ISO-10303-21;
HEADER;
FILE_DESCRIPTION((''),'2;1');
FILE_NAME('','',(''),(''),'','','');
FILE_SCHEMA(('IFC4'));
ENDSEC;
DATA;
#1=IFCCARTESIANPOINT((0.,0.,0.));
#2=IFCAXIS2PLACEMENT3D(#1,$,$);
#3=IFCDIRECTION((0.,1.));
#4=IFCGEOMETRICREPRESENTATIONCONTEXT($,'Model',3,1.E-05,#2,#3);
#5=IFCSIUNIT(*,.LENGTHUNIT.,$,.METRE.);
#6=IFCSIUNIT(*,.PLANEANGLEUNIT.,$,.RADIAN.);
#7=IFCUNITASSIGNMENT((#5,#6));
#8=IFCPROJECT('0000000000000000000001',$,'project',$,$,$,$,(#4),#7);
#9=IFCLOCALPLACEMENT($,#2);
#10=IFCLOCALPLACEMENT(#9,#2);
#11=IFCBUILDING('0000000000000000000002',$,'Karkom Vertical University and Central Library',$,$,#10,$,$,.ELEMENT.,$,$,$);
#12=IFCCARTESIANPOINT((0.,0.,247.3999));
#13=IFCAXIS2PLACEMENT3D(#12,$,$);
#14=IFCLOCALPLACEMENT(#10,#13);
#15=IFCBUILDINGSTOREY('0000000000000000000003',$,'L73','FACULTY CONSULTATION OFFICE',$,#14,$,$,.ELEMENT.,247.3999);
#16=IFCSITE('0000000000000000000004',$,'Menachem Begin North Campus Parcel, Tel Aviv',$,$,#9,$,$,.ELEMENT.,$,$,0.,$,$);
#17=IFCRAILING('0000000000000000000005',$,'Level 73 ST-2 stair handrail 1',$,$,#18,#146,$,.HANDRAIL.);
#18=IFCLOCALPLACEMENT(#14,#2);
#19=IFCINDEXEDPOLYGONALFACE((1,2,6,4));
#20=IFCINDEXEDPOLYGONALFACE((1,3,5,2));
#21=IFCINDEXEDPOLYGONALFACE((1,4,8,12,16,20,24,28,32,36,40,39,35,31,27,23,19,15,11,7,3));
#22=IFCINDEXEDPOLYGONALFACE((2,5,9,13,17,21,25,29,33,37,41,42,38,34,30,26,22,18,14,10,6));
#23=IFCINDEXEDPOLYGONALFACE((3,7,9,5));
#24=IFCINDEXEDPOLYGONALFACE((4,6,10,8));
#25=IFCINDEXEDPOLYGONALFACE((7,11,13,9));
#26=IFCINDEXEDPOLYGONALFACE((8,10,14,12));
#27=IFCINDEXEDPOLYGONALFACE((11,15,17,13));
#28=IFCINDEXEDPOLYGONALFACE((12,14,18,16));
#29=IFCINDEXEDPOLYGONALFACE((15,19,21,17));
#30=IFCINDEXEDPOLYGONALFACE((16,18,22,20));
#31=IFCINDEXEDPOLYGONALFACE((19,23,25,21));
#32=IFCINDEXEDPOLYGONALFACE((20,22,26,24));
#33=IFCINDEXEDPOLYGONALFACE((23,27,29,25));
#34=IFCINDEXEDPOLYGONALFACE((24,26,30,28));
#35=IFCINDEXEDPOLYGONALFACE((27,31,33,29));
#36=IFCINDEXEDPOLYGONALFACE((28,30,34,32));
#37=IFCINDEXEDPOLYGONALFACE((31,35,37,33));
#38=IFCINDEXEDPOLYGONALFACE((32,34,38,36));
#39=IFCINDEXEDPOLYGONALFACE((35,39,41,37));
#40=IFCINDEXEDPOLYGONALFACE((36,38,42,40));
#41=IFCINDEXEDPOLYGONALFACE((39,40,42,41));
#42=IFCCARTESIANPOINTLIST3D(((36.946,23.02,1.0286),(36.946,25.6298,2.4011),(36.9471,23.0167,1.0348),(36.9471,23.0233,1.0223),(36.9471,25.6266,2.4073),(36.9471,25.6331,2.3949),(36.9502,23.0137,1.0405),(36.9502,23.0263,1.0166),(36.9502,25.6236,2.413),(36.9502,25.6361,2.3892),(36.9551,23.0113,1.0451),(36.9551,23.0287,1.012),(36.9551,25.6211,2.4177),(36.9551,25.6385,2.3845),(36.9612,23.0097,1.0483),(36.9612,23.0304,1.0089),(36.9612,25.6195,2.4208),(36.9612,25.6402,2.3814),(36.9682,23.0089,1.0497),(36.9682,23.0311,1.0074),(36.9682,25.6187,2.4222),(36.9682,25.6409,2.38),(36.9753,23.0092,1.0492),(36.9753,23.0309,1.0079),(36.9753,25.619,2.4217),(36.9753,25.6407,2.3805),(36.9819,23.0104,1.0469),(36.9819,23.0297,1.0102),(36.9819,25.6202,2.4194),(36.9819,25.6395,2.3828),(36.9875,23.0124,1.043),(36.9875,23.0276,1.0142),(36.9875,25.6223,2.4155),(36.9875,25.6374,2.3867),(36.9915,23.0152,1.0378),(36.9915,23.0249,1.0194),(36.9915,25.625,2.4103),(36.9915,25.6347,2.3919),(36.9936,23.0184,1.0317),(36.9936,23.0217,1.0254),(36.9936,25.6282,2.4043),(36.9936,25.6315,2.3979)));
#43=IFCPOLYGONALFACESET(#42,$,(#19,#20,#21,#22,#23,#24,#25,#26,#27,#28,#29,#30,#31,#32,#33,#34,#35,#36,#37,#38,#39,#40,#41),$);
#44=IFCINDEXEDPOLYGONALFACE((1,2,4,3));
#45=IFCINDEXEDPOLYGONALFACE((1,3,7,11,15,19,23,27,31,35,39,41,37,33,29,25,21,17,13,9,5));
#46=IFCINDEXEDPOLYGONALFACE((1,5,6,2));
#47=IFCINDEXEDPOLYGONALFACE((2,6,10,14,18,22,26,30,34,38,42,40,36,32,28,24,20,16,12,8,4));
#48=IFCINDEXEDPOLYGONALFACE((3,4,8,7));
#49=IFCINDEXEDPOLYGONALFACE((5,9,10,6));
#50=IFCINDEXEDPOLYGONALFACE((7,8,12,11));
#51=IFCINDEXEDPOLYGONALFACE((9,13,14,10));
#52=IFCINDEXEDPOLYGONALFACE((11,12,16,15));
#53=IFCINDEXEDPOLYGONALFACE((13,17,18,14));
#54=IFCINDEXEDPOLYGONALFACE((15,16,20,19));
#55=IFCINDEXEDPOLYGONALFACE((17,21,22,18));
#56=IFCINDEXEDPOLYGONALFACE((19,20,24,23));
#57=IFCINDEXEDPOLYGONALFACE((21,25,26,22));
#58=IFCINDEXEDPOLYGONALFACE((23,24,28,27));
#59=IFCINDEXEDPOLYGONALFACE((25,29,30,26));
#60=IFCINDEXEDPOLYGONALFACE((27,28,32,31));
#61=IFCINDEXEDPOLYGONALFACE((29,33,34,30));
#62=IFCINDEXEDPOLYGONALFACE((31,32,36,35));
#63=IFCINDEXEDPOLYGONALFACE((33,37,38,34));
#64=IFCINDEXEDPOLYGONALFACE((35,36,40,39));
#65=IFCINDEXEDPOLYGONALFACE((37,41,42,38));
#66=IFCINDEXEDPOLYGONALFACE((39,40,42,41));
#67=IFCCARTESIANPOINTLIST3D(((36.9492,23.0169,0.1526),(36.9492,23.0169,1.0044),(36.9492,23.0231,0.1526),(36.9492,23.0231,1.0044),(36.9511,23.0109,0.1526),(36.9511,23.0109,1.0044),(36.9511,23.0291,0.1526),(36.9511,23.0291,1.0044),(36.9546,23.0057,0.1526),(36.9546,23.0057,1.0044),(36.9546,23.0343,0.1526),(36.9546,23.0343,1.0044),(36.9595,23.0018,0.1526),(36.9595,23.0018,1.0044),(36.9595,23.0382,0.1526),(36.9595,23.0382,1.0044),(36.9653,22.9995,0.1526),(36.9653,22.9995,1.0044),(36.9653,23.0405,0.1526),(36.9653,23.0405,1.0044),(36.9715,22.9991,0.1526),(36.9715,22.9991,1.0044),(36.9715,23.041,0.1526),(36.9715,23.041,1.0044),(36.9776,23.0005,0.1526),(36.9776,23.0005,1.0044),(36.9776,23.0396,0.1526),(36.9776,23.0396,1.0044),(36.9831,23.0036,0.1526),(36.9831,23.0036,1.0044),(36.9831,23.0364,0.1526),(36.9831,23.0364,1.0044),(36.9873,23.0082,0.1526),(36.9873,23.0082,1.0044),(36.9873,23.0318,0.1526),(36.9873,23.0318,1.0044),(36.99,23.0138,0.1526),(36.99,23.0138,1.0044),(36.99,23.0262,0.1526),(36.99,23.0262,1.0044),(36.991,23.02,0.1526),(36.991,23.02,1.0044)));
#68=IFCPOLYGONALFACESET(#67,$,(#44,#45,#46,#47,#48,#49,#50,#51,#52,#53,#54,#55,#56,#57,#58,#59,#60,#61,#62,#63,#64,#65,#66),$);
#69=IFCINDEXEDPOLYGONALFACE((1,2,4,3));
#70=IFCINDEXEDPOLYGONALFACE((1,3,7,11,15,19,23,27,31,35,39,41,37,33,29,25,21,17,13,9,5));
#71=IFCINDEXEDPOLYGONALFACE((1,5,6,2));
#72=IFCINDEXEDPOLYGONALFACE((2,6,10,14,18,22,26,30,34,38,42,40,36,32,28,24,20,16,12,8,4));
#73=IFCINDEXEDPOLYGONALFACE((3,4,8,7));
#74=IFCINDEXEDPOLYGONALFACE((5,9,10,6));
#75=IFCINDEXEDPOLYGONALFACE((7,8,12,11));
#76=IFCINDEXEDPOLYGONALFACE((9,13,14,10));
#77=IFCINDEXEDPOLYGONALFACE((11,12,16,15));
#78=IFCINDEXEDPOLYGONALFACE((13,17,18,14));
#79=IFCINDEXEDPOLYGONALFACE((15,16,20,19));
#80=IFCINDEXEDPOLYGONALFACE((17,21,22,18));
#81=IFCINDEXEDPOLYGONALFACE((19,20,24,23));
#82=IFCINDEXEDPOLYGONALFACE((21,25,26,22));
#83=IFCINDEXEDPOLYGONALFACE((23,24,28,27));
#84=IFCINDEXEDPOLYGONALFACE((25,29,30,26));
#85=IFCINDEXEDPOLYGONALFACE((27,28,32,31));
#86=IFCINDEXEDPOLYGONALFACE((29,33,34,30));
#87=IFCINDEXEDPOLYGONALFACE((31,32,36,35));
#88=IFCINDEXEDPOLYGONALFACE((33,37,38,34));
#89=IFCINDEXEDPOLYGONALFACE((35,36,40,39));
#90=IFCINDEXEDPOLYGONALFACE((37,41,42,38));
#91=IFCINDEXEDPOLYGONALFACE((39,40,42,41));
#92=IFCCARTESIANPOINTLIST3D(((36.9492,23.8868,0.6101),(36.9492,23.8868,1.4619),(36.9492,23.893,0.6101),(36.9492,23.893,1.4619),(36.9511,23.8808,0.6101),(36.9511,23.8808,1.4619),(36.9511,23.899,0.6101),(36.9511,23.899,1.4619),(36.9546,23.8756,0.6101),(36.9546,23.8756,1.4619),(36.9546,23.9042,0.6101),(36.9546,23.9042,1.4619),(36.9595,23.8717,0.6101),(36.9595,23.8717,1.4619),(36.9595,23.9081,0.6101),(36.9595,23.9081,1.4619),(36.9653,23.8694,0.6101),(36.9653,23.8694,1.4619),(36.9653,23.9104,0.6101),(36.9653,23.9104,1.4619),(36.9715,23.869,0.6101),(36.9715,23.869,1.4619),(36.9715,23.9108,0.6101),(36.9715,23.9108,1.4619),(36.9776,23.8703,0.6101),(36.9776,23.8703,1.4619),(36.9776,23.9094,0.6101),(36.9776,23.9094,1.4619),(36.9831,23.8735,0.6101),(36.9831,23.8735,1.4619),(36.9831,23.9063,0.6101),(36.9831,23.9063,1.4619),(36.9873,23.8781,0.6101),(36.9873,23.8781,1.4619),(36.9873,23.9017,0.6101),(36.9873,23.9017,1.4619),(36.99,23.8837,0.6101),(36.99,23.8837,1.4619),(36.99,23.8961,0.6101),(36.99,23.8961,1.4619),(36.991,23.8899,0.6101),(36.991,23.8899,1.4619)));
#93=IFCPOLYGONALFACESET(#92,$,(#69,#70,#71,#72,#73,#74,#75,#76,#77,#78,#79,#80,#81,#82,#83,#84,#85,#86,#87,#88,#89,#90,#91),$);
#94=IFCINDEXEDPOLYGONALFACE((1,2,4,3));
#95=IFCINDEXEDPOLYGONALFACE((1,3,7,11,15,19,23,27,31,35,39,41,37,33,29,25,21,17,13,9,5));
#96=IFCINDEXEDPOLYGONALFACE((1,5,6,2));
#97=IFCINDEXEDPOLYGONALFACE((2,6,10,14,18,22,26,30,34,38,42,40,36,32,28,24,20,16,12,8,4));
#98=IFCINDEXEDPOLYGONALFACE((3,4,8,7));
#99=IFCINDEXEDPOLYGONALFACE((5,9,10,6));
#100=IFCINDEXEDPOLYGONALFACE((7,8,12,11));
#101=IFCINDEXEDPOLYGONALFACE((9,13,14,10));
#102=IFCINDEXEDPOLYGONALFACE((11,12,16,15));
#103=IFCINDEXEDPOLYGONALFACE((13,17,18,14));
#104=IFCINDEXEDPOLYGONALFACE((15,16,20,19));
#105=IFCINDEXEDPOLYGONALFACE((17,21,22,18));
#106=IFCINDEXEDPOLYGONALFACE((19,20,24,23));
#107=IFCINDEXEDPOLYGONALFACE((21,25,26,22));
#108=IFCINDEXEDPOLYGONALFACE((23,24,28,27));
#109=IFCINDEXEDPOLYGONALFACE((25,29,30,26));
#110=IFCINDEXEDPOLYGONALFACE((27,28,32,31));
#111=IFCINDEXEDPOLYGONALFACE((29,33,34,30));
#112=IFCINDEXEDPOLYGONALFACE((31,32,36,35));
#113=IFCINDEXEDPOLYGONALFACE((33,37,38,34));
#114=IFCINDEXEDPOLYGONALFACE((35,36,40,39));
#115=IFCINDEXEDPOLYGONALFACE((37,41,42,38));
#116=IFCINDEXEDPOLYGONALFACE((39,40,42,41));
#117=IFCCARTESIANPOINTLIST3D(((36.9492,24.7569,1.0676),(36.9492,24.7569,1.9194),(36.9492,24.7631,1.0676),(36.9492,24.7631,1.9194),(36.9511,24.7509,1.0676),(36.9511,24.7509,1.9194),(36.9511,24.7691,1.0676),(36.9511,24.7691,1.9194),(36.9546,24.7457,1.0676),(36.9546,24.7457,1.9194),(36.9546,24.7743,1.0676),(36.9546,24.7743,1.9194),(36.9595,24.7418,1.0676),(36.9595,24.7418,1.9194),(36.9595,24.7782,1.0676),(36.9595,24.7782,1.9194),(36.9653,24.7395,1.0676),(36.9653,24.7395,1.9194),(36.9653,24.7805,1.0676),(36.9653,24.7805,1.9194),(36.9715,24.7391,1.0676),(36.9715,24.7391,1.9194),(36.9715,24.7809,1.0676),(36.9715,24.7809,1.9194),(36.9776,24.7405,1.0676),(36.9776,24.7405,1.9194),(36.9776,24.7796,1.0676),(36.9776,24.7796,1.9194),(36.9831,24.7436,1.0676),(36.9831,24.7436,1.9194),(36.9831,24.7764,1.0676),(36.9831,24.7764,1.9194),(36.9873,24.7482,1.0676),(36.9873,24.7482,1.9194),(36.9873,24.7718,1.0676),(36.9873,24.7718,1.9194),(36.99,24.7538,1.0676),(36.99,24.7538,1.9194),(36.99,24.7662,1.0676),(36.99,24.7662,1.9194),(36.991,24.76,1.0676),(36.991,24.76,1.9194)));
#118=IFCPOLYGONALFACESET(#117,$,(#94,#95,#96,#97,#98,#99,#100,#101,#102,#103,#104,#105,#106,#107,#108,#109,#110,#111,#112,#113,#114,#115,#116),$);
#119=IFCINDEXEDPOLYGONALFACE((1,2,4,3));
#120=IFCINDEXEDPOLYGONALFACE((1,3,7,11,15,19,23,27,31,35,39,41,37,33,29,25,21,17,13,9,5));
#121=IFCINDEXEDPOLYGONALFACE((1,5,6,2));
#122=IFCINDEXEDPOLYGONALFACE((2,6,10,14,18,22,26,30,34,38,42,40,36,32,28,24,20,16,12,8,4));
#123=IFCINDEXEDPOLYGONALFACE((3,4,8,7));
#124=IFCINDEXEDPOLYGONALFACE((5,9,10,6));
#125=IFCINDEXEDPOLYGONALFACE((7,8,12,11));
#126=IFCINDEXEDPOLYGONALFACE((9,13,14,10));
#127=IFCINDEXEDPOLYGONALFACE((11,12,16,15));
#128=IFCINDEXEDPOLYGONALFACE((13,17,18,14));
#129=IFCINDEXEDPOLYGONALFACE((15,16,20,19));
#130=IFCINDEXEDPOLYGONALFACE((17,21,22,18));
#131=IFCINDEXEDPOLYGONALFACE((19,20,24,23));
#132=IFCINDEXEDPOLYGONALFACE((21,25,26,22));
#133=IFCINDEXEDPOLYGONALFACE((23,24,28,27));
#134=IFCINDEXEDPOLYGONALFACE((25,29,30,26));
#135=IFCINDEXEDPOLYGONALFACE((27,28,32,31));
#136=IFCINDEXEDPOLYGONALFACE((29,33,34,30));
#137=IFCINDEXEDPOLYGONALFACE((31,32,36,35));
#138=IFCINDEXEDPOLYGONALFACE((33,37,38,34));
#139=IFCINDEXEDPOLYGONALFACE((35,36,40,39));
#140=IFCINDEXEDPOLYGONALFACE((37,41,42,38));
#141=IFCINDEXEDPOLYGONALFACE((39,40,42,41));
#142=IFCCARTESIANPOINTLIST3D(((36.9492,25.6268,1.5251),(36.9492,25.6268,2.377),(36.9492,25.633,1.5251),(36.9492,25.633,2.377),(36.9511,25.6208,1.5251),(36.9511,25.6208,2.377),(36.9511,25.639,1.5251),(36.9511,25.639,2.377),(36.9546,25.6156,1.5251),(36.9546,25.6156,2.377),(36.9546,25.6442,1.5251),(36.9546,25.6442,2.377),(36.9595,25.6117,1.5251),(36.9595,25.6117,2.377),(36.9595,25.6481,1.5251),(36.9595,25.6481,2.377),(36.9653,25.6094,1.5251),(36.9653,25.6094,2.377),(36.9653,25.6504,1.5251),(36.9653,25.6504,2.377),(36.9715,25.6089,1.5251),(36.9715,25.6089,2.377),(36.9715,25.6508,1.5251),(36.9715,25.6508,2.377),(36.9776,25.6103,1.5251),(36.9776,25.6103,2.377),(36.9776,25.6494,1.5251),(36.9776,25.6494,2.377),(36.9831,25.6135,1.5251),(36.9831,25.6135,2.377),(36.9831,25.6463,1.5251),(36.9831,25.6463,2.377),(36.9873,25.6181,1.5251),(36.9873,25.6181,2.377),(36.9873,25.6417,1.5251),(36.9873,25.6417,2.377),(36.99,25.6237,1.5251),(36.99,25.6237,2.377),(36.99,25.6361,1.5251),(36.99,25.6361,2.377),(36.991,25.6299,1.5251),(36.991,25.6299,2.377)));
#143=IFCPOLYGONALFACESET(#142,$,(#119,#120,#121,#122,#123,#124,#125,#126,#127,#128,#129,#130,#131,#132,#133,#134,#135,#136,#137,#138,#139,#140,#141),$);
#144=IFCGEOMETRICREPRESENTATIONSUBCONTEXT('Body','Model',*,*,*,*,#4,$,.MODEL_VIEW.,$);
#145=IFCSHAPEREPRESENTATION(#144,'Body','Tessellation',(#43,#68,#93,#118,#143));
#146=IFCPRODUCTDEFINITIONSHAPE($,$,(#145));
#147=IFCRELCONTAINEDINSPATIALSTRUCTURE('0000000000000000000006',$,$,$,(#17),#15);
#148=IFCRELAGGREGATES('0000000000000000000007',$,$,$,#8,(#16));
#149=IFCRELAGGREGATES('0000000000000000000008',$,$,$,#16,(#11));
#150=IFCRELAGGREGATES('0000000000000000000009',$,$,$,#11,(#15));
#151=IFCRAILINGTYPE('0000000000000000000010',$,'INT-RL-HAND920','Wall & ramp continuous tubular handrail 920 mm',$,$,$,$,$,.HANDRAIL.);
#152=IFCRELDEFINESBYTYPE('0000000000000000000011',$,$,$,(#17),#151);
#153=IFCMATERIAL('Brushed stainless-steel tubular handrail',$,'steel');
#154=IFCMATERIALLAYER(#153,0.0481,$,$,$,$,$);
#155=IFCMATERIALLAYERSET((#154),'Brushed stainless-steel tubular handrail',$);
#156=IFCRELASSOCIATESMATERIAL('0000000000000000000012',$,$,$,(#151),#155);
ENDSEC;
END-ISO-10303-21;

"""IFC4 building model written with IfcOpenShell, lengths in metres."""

from ifc_helpers import new_model, si_unit, direction, frame, origin, origin_2d, place, context, subcontext, project, spatial, circle, extrude, material, layer, layer_set, type_object, element, save


model = new_model("IFC4")

# Units and contexts
model_context = context("Model", 3, precision=1e-05, world=origin(), true_north=direction((0.0, 1.0)))
body_context = subcontext(model_context, "Body", "Model", "MODEL_VIEW")
ifc_project = project(units=[si_unit("LENGTHUNIT", "METRE"), si_unit("PLANEANGLEUNIT", "RADIAN")], contexts=[model_context])

# Site, building, storey
site_placement = place(None, origin())
site = spatial("IfcSite", under=ifc_project, at=site_placement, Name="Menachem Begin North Campus Parcel, Tel Aviv", CompositionType="ELEMENT", RefElevation=0.0)
building_placement = place(site_placement, origin())
building = spatial("IfcBuilding", under=site, at=building_placement, Name="Karkom Vertical University and Central Library", CompositionType="ELEMENT")
storey_placement = place(building_placement, frame((0.0, 0.0, 247.3999)))
storey = spatial("IfcBuildingStorey", under=building, at=storey_placement, Name="L73", Description="FACULTY CONSULTATION OFFICE", CompositionType="ELEMENT", Elevation=247.3999)

# Railing
ifc_material_1 = material(Name="Brushed stainless-steel tubular handrail", Category="steel")
ifc_layer_1 = layer(ifc_material_1, 0.0481)
ifc_layer_set_1 = layer_set([ifc_layer_1], Name="Brushed stainless-steel tubular handrail")
railing_type = type_object("IfcRailingType", Name="INT-RL-HAND920", Description="Wall & ramp continuous tubular handrail 920 mm", PredefinedType="HANDRAIL", material=ifc_layer_set_1)
railing_placement = place(storey_placement, frame((36.97, 23.02, 0.1526)))
element("IfcRailing", 1, at=railing_placement, inside=storey, type_object=railing_type, Name="Level 73 ST-2 stair handrail 1", PredefinedType="HANDRAIL", context=body_context, shape_type="SweptSolid", body=[
    extrude(circle(Radius=0.0239, at=origin_2d()), frame((0.0, 0.0, 0.876), z_axis=(0.0, 0.885065, 0.465467), x_axis=(-1.0, 0.0, 0.0)), (0.0, 0.0, 1.0), 2.9487),
    extrude(circle(Radius=0.021, at=origin_2d()), origin(), (0.0, 0.0, 1.0), 0.8518),
    extrude(circle(Radius=0.021, at=origin_2d()), frame((0.0, 0.8699, 0.4575)), (0.0, 0.0, 1.0), 0.8518),
    extrude(circle(Radius=0.021, at=origin_2d()), frame((0.0, 1.74, 0.915)), (0.0, 0.0, 1.0), 0.8518),
    extrude(circle(Radius=0.021, at=origin_2d()), frame((0.0, 2.6099, 1.3726)), (0.0, 0.0, 1.0), 0.8518),
])

save(model, "model.ifc")
